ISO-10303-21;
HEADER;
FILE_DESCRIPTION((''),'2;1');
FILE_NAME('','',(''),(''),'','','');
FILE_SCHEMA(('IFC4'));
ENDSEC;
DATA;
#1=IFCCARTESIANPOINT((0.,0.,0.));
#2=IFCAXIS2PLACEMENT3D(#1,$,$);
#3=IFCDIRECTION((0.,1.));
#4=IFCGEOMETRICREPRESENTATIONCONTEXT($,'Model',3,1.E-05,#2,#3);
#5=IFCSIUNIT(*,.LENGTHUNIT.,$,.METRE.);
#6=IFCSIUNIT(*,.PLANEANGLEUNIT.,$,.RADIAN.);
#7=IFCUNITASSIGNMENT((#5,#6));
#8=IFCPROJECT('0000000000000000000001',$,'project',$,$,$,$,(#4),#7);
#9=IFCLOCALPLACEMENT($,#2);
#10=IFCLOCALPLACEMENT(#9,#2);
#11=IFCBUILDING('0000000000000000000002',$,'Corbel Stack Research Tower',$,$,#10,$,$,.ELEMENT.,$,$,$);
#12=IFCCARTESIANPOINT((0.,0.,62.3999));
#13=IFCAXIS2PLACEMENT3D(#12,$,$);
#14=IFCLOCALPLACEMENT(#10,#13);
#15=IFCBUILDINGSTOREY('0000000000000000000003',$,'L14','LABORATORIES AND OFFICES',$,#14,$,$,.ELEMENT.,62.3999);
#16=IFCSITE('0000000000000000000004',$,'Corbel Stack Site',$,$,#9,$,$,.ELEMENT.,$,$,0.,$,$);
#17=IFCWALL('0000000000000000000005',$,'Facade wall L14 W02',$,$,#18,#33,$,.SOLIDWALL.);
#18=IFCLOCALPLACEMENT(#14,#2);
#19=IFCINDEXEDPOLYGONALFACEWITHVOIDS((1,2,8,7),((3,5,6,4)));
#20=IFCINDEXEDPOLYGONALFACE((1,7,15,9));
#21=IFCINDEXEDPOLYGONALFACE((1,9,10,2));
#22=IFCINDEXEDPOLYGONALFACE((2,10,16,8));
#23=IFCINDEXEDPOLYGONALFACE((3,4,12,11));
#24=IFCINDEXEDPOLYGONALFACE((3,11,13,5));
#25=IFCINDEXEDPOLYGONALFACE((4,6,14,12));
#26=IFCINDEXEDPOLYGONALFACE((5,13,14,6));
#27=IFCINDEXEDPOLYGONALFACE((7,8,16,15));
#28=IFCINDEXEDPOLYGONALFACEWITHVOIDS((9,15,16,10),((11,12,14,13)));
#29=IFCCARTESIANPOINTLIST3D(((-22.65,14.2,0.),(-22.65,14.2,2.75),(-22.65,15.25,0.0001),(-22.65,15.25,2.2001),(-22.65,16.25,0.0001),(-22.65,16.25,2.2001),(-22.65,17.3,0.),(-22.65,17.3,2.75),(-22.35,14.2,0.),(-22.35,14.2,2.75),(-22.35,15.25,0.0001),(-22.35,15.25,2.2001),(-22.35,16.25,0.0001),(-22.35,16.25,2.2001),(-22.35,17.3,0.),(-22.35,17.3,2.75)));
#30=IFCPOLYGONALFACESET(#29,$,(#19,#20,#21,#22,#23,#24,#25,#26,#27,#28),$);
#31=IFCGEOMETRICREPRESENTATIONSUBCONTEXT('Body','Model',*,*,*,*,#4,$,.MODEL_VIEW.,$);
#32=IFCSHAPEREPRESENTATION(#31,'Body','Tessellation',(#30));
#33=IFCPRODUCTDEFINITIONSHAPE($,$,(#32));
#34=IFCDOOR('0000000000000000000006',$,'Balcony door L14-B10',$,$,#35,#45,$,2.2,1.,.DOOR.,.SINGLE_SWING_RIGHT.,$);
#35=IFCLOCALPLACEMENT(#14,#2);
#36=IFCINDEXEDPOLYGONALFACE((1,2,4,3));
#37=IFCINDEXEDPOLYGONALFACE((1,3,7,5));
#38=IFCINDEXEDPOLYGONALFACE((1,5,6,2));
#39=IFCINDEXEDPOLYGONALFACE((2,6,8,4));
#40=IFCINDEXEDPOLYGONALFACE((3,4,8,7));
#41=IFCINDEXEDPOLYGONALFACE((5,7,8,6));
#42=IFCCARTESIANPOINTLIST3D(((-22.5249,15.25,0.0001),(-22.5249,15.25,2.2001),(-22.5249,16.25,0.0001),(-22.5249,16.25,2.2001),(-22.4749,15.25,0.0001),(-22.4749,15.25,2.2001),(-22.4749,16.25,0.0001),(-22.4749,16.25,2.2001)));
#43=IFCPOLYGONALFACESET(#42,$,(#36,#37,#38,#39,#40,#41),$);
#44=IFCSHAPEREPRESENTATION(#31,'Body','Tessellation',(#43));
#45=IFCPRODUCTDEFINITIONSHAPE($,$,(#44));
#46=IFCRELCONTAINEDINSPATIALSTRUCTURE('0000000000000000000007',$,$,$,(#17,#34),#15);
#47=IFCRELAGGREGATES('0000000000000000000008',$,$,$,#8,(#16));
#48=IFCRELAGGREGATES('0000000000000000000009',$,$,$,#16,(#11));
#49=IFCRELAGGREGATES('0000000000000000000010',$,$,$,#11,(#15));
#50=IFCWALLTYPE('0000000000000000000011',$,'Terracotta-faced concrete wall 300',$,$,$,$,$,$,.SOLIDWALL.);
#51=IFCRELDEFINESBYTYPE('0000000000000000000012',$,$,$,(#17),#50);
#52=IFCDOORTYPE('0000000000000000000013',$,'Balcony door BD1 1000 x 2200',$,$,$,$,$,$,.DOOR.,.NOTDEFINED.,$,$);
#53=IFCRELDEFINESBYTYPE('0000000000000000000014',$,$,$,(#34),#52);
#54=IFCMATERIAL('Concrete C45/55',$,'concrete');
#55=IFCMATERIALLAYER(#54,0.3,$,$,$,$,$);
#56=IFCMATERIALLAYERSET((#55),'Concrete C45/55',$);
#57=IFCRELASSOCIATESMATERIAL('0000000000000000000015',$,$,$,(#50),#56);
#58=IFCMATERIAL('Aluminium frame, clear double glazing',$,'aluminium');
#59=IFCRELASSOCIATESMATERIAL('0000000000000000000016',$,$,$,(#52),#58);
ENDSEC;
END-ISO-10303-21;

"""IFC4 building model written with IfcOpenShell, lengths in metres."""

from ifc_helpers import new_model, si_unit, direction, frame, frame_2d, origin, place, context, subcontext, project, spatial, rectangle, extrude, material, layer, layer_set, type_object, element, fill, save


model = new_model("IFC4")

# Units and contexts
model_context = context("Model", 3, precision=1e-05, world=origin(), true_north=direction((0.0, 1.0)))
body_context = subcontext(model_context, "Body", "Model", "MODEL_VIEW")
ifc_project = project(units=[si_unit("LENGTHUNIT", "METRE"), si_unit("PLANEANGLEUNIT", "RADIAN")], contexts=[model_context])

# Site, building, storey
site_placement = place(None, origin())
site = spatial("IfcSite", under=ifc_project, at=site_placement, Name="Corbel Stack Site", CompositionType="ELEMENT", RefElevation=0.0)
building_placement = place(site_placement, origin())
building = spatial("IfcBuilding", under=site, at=building_placement, Name="Corbel Stack Research Tower", CompositionType="ELEMENT")
storey_placement = place(building_placement, frame((0.0, 0.0, 62.3999)))
storey = spatial("IfcBuildingStorey", under=building, at=storey_placement, Name="L14", Description="LABORATORIES AND OFFICES", CompositionType="ELEMENT", Elevation=62.3999)

# Shared definitions
ifc_material_1 = material(Name="Concrete C45/55", Category="concrete")
ifc_layer_1 = layer(ifc_material_1, 0.3)
ifc_layer_set_1 = layer_set([ifc_layer_1], Name="Concrete C45/55")
wall_type_1 = type_object("IfcWallType", Name="Terracotta-faced concrete wall 300", PredefinedType="SOLIDWALL", material=ifc_layer_set_1)

# Wall, opening, door
wall_1_placement = place(storey_placement, frame((-22.5, 14.2, 0.0), z_axis=(0.0, 0.0, 1.0), x_axis=(0.0, 1.0, 0.0)))
wall_1 = element("IfcWall", 1, at=wall_1_placement, inside=storey, type_object=wall_type_1, Name="Facade wall L14 W02", PredefinedType="SOLIDWALL", context=body_context, shape_type="SweptSolid", body=[
    extrude(rectangle(XDim=3.1001, YDim=0.3, at=frame_2d((1.55, 0.0))), origin(), (0.0, 0.0, 1.0), 2.75),
])
opening_1_placement = place(wall_1_placement, frame((1.05, 0.0, 0.0)))
opening_1 = element("IfcOpeningElement", 2, at=opening_1_placement, cuts=wall_1, PredefinedType="OPENING", context=body_context, shape_type="SweptSolid", body=[
    extrude(rectangle(XDim=1.0, YDim=2.2, at=frame_2d((0.5, 1.1001))), frame((0.0, 0.1599, 0.0), z_axis=(0.0, -1.0, 0.0), x_axis=(1.0, 0.0, 0.0)), (0.0, 0.0, 1.0), 0.3201),
])
ifc_material_2 = material(Name="Aluminium frame, clear double glazing", Category="aluminium")
door_type_1 = type_object("IfcDoorType", Name="Balcony door BD1 1000 x 2200", OperationType="NOTDEFINED", PredefinedType="DOOR", material=ifc_material_2)
door_1_placement = place(opening_1_placement, origin())
door_1 = element("IfcDoor", 3, at=door_1_placement, inside=storey, type_object=door_type_1, Name="Balcony door L14-B10", OperationType="SINGLE_SWING_RIGHT", OverallHeight=2.2, OverallWidth=1.0, PredefinedType="DOOR", context=body_context, shape_type="SweptSolid", body=[
    extrude(rectangle(XDim=1.0, YDim=2.2, at=frame_2d((0.5, 1.1001))), frame((0.0, 0.0249, 0.0), z_axis=(0.0, -1.0, 0.0), x_axis=(1.0, 0.0, 0.0)), (0.0, 0.0, 1.0), 0.05),
])
fill(opening_1, door_1)

save(model, "model.ifc")
